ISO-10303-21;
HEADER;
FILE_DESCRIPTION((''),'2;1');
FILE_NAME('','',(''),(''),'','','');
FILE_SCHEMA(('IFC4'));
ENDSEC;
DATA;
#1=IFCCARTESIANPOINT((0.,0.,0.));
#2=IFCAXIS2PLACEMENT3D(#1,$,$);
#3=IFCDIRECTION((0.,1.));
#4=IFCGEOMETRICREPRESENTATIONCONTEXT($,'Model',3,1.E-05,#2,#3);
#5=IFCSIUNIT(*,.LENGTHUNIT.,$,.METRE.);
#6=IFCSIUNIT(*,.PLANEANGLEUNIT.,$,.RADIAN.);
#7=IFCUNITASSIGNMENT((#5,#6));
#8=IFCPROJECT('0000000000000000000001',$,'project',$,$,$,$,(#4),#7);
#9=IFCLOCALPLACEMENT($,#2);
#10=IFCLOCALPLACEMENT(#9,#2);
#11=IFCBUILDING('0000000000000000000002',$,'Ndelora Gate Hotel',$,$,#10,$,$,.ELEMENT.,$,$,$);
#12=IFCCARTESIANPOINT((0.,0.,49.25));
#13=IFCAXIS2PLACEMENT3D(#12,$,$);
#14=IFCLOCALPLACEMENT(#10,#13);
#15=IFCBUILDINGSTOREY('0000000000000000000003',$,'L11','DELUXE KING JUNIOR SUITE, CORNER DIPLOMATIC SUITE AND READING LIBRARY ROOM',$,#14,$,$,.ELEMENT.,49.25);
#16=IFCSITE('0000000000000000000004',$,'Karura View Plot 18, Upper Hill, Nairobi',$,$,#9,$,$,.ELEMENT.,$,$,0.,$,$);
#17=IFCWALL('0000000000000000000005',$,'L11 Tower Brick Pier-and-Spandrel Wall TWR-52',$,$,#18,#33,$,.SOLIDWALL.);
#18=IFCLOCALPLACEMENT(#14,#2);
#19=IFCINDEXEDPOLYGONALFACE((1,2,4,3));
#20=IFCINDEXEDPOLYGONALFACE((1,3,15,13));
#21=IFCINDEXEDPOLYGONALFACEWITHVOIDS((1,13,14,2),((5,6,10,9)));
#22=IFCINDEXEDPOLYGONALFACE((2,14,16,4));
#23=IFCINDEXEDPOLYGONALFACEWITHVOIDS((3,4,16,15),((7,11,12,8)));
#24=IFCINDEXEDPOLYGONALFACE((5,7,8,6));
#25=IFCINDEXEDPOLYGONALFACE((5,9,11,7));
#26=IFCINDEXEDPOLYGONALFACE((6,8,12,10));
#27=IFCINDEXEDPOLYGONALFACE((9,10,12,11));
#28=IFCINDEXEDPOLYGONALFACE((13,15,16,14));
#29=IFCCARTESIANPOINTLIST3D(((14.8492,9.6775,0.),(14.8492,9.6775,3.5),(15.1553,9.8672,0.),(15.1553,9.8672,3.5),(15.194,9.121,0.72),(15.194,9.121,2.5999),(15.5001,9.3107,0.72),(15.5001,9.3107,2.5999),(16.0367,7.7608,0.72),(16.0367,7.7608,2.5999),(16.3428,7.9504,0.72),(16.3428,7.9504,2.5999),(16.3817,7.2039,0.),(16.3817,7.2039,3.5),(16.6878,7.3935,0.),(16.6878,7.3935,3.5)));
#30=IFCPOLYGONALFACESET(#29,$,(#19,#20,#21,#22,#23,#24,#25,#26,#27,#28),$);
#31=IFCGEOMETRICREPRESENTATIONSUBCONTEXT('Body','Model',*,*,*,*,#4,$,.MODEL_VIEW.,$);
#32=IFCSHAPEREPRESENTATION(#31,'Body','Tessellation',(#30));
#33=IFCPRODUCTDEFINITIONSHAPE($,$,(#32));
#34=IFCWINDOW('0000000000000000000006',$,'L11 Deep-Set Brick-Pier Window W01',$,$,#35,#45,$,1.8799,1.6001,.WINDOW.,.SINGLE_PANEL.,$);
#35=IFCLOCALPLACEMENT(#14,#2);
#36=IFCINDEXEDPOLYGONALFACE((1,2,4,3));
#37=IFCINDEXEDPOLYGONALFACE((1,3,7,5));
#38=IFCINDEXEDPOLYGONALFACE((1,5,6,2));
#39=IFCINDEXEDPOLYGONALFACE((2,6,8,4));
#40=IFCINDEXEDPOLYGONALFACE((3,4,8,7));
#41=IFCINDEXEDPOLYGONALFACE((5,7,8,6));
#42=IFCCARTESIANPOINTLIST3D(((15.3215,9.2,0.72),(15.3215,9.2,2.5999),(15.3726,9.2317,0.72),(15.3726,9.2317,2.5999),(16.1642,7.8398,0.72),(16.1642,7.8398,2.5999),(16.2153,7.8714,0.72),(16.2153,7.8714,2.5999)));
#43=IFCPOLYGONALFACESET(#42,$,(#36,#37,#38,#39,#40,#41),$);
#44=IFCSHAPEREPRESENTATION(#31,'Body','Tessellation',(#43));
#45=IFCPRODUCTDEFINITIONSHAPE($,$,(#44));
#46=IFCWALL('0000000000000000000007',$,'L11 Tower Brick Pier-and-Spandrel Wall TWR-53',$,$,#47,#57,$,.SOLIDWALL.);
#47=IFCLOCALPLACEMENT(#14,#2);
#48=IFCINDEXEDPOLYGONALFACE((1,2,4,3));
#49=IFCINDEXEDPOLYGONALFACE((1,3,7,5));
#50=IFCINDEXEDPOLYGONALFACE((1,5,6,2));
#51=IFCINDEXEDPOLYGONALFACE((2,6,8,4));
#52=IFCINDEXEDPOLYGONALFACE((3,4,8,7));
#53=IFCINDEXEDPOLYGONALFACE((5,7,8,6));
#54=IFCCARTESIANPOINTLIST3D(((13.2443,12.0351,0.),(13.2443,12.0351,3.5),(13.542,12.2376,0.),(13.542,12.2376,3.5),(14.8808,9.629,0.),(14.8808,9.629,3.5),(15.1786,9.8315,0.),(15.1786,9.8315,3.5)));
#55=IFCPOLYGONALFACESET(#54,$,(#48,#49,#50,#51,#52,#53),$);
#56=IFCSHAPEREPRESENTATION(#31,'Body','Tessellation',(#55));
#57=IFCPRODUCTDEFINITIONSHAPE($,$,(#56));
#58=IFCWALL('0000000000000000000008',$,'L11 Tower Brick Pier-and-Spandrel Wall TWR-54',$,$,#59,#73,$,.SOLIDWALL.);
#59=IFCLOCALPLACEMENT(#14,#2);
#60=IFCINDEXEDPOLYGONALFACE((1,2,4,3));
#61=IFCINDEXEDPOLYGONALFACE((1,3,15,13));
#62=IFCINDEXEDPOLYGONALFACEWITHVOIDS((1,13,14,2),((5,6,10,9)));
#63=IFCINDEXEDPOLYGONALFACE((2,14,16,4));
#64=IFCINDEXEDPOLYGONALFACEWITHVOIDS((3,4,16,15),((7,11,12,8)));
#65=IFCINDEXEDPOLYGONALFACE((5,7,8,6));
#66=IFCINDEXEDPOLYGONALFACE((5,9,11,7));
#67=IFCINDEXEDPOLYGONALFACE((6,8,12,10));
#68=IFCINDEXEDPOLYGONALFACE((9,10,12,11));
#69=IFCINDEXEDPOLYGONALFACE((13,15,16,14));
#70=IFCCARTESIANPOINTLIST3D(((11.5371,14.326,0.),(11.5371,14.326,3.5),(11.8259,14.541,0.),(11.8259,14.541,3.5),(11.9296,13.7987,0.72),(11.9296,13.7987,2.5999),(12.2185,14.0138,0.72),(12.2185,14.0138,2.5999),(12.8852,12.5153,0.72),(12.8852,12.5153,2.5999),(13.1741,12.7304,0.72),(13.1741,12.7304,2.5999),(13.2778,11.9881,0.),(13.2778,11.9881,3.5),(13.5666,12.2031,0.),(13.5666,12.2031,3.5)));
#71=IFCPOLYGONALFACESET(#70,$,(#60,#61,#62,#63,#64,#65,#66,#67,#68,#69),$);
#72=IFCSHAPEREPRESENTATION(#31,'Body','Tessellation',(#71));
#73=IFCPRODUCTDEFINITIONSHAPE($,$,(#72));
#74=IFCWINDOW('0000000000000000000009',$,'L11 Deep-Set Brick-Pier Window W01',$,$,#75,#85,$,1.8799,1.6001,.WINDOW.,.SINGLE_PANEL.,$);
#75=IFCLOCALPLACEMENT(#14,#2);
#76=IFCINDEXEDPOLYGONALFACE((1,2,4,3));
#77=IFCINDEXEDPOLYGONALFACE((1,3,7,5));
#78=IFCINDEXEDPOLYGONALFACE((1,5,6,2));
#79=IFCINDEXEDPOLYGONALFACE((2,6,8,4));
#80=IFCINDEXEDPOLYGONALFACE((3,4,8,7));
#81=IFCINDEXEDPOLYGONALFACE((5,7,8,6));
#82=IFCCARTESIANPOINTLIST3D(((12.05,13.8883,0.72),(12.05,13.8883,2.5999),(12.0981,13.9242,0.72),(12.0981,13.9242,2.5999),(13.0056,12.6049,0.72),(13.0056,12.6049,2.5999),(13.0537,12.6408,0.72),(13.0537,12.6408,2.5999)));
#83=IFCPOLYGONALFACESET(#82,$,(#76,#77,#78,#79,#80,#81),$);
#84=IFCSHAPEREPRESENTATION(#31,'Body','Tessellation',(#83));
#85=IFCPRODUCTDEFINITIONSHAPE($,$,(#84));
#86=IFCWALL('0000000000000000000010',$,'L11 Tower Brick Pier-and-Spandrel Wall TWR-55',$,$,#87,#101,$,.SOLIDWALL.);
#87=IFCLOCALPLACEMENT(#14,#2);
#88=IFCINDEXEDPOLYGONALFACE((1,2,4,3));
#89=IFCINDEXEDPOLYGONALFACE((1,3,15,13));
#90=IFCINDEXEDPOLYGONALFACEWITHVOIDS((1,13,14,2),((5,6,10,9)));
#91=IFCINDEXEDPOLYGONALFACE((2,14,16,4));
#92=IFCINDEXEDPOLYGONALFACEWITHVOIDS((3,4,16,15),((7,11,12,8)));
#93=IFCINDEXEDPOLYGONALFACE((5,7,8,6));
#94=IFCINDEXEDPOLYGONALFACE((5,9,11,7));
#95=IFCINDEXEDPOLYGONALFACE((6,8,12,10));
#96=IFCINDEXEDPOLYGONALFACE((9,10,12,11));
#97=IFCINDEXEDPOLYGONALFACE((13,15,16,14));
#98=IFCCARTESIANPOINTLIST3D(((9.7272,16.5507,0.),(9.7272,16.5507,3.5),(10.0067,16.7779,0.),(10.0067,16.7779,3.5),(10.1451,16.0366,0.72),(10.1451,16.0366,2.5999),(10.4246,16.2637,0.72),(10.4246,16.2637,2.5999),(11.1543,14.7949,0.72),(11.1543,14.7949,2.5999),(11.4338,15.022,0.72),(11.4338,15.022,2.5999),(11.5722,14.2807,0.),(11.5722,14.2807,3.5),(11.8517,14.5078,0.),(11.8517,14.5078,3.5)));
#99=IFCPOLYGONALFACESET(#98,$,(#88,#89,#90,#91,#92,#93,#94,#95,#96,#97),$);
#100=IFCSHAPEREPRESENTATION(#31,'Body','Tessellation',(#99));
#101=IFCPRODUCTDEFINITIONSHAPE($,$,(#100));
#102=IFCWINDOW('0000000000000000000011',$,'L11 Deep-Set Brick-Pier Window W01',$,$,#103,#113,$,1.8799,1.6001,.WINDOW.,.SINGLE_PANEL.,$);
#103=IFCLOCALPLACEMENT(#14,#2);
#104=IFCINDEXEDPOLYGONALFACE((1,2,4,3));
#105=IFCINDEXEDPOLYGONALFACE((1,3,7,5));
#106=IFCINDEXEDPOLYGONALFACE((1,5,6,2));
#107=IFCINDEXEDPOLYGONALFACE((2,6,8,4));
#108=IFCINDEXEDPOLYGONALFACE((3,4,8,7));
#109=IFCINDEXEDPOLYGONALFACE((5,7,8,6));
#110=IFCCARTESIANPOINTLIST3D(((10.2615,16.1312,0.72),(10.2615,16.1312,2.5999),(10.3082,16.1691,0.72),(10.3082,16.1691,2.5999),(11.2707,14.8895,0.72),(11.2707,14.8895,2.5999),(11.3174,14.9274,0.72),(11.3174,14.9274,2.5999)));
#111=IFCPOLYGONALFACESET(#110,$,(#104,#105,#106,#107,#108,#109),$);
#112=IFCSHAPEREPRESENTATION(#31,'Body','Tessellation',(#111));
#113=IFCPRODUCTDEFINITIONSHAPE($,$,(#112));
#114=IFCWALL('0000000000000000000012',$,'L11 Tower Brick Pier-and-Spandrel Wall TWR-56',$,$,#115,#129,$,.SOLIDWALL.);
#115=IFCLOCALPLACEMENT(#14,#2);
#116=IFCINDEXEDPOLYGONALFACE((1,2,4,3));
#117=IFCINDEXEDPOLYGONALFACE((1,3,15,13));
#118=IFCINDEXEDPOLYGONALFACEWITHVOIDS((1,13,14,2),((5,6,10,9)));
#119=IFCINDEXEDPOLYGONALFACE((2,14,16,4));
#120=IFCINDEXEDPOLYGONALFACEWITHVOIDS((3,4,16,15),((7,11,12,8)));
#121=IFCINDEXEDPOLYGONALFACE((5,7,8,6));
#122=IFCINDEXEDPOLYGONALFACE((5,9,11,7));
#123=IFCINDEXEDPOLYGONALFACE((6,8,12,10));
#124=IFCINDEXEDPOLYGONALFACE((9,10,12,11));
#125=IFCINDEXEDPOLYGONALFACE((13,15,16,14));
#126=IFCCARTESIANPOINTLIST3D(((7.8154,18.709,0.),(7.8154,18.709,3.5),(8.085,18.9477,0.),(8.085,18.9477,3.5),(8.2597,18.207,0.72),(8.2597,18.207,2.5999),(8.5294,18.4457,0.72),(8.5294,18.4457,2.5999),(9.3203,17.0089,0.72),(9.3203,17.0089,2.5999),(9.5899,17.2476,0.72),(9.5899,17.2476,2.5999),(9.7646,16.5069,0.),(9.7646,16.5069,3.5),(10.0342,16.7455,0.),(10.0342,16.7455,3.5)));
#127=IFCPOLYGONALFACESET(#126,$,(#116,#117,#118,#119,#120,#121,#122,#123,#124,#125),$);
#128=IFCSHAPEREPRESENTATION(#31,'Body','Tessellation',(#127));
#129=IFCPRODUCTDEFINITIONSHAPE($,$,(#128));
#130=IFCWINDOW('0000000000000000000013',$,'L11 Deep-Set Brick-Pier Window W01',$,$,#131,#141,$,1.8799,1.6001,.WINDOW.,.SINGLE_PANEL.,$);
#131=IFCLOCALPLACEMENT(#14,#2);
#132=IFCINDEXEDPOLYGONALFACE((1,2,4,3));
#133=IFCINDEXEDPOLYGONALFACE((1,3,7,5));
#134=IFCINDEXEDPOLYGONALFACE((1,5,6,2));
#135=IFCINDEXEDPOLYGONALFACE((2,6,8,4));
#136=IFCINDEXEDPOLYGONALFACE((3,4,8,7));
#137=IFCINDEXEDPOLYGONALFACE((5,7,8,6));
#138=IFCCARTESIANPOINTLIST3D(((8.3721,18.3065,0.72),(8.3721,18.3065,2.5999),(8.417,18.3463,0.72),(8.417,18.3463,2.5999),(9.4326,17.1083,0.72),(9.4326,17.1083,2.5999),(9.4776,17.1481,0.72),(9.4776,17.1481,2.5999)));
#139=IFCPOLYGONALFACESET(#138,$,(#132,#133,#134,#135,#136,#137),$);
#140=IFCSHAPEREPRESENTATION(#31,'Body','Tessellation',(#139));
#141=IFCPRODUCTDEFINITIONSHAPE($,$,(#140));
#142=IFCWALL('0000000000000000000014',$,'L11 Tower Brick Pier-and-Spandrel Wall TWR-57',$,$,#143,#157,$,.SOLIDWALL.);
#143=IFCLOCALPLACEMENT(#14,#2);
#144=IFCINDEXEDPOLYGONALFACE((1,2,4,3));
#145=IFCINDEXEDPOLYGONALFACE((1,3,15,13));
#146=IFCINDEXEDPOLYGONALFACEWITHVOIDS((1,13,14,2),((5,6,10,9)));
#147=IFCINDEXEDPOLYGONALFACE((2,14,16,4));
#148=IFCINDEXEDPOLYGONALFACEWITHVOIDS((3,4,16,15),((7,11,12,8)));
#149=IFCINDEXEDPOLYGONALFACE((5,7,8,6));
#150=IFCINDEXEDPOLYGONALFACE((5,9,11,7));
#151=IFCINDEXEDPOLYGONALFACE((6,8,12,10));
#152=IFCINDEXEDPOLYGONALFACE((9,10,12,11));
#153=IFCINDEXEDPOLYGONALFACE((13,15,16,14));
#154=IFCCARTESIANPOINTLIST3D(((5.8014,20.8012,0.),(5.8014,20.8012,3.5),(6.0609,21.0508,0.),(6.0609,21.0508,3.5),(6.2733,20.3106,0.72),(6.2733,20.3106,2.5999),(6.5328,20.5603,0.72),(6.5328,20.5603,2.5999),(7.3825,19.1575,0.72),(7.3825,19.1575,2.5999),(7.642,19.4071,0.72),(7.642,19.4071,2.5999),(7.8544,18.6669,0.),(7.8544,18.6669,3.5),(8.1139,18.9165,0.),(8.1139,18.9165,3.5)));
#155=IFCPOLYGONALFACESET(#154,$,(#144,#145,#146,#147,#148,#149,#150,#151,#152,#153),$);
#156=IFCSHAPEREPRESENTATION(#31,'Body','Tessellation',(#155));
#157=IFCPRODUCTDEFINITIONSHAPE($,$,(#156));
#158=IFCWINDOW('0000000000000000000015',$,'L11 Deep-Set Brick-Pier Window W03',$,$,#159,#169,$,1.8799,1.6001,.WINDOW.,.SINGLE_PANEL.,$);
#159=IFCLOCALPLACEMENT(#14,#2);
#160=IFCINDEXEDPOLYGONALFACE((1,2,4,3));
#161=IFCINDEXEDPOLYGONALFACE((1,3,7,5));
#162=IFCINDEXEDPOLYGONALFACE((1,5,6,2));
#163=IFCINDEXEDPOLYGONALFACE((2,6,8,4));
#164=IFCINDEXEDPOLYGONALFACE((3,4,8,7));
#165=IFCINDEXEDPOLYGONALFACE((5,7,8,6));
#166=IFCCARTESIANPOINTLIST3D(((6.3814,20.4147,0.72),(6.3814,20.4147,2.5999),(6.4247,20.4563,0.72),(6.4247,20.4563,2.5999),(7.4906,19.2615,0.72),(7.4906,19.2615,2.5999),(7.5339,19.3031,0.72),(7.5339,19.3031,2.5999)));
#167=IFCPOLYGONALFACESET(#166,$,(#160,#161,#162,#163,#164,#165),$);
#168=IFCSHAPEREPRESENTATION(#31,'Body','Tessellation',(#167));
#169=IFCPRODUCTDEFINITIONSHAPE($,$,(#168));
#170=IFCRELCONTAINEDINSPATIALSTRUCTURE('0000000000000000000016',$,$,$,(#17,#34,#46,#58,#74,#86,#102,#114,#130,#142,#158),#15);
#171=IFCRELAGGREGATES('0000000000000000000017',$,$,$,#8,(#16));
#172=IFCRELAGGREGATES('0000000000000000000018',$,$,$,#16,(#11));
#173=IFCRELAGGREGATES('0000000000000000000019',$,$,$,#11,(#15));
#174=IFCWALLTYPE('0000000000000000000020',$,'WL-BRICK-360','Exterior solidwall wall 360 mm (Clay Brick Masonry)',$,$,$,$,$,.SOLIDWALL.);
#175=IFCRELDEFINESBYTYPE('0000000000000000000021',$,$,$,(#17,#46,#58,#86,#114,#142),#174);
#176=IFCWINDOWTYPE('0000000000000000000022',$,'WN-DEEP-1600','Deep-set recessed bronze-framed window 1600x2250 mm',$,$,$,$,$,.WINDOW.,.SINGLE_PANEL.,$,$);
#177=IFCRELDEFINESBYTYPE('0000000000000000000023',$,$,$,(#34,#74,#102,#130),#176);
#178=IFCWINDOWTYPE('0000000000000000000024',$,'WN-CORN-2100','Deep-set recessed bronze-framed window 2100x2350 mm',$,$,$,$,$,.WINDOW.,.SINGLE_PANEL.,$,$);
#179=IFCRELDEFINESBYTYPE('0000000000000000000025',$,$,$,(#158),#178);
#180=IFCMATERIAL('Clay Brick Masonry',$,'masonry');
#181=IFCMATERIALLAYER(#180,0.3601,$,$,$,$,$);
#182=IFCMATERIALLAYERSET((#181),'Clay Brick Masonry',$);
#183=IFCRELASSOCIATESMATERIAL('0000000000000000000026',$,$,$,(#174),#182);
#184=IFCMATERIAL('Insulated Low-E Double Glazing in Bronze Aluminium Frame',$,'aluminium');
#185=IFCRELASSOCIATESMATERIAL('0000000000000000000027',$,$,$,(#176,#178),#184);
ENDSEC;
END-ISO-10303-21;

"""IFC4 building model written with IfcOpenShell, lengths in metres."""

from ifc_helpers import new_model, si_unit, direction, frame, frame_2d, origin, place, context, subcontext, project, spatial, rectangle, extrude, material, layer, layer_set, type_object, element, fill, save


model = new_model("IFC4")

# Units and contexts
model_context = context("Model", 3, precision=1e-05, world=origin(), true_north=direction((0.0, 1.0)))
body_context = subcontext(model_context, "Body", "Model", "MODEL_VIEW")
ifc_project = project(units=[si_unit("LENGTHUNIT", "METRE"), si_unit("PLANEANGLEUNIT", "RADIAN")], contexts=[model_context])

# Site, building, storey
site_placement = place(None, origin())
site = spatial("IfcSite", under=ifc_project, at=site_placement, Name="Karura View Plot 18, Upper Hill, Nairobi", CompositionType="ELEMENT", RefElevation=0.0)
building_placement = place(site_placement, origin())
building = spatial("IfcBuilding", under=site, at=building_placement, Name="Ndelora Gate Hotel", CompositionType="ELEMENT")
storey_placement = place(building_placement, frame((0.0, 0.0, 49.25)))
storey = spatial("IfcBuildingStorey", under=building, at=storey_placement, Name="L11", Description="DELUXE KING JUNIOR SUITE, CORNER DIPLOMATIC SUITE AND READING LIBRARY ROOM", CompositionType="ELEMENT", Elevation=49.25)

# Shared definitions
ifc_material_1 = material(Name="Clay Brick Masonry", Category="masonry")
ifc_layer_1 = layer(ifc_material_1, 0.3601)
ifc_layer_set_1 = layer_set([ifc_layer_1], Name="Clay Brick Masonry")
wall_type_1 = type_object("IfcWallType", Name="WL-BRICK-360", Description="Exterior solidwall wall 360 mm (Clay Brick Masonry)", PredefinedType="SOLIDWALL", material=ifc_layer_set_1)

# Wall, opening, window
wall_1_placement = place(storey_placement, frame((15.0022, 9.7725, 0.0), z_axis=(0.0, 0.0, 1.0), x_axis=(0.526646, -0.850085, 0.0)))
wall_1 = element("IfcWall", 1, at=wall_1_placement, inside=storey, type_object=wall_type_1, Name="L11 Tower Brick Pier-and-Spandrel Wall TWR-52", PredefinedType="SOLIDWALL", context=body_context, shape_type="SweptSolid", body=[
    extrude(rectangle(XDim=2.9099, YDim=0.3601, at=frame_2d((1.4551, 0.0))), origin(), (0.0, 0.0, 1.0), 3.5),
])
opening_1_placement = place(wall_1_placement, frame((0.6548, 0.0, 0.72)))
opening_1 = element("IfcOpeningElement", 2, at=opening_1_placement, cuts=wall_1, PredefinedType="OPENING", context=body_context, shape_type="SweptSolid", body=[
    extrude(rectangle(XDim=1.6001, YDim=1.8799, at=frame_2d((0.8, 0.9399))), frame((0.0, 0.1899, 0.0), z_axis=(0.0, -1.0, 0.0), x_axis=(1.0, 0.0, 0.0)), (0.0, 0.0, 1.0), 0.3801),
])
ifc_material_2 = material(Name="Insulated Low-E Double Glazing in Bronze Aluminium Frame", Category="aluminium")
window_type_1 = type_object("IfcWindowType", Name="WN-DEEP-1600", Description="Deep-set recessed bronze-framed window 1600x2250 mm", PartitioningType="SINGLE_PANEL", PredefinedType="WINDOW", material=ifc_material_2)
window_1_placement = place(opening_1_placement, origin())
window_1 = element("IfcWindow", 3, at=window_1_placement, inside=storey, type_object=window_type_1, Name="L11 Deep-Set Brick-Pier Window W01", OverallHeight=1.8799, OverallWidth=1.6001, PartitioningType="SINGLE_PANEL", PredefinedType="WINDOW", context=body_context, shape_type="SweptSolid", body=[
    extrude(rectangle(XDim=1.6001, YDim=1.8799, at=frame_2d((0.8, 0.9399))), frame((0.0, 0.03, 0.0), z_axis=(0.0, -1.0, 0.0), x_axis=(1.0, 0.0, 0.0)), (0.0, 0.0, 1.0), 0.0601),
])
fill(opening_1, window_1)

# Wall
wall_2_placement = place(storey_placement, frame((13.3931, 12.1365, 0.0), z_axis=(0.0, 0.0, 1.0), x_axis=(0.562402, -0.826864, 0.0)))
element("IfcWall", 4, at=wall_2_placement, inside=storey, type_object=wall_type_1, Name="L11 Tower Brick Pier-and-Spandrel Wall TWR-53", PredefinedType="SOLIDWALL", context=body_context, shape_type="SweptSolid", body=[
    extrude(rectangle(XDim=2.9099, YDim=0.3601, at=frame_2d((1.4551, 0.0))), origin(), (0.0, 0.0, 1.0), 3.5),
])

# Walls, openings, windows
wall_3_placement = place(storey_placement, frame((11.6814, 14.4336, 0.0), z_axis=(0.0, 0.0, 1.0), x_axis=(0.597209, -0.802086, 0.0)))
wall_3 = element("IfcWall", 5, at=wall_3_placement, inside=storey, type_object=wall_type_1, Name="L11 Tower Brick Pier-and-Spandrel Wall TWR-54", PredefinedType="SOLIDWALL", context=body_context, shape_type="SweptSolid", body=[
    extrude(rectangle(XDim=2.9148, YDim=0.3601, at=frame_2d((1.4575, 0.0))), origin(), (0.0, 0.0, 1.0), 3.5),
])
opening_2_placement = place(wall_3_placement, frame((0.6575, 0.0, 0.72)))
opening_2 = element("IfcOpeningElement", 6, at=opening_2_placement, cuts=wall_3, PredefinedType="OPENING", context=body_context, shape_type="SweptSolid", body=[
    extrude(rectangle(XDim=1.6001, YDim=1.8799, at=frame_2d((0.8, 0.9399))), frame((0.0, 0.1899, 0.0), z_axis=(0.0, -1.0, 0.0), x_axis=(1.0, 0.0, 0.0)), (0.0, 0.0, 1.0), 0.3801),
])
window_2_placement = place(opening_2_placement, origin())
window_2 = element("IfcWindow", 7, at=window_2_placement, inside=storey, type_object=window_type_1, Name="L11 Deep-Set Brick-Pier Window W01", OverallHeight=1.8799, OverallWidth=1.6001, PartitioningType="SINGLE_PANEL", PredefinedType="WINDOW", context=body_context, shape_type="SweptSolid", body=[
    extrude(rectangle(XDim=1.6001, YDim=1.8799, at=frame_2d((0.8, 0.9399))), frame((0.0, 0.03, 0.0), z_axis=(0.0, -1.0, 0.0), x_axis=(1.0, 0.0, 0.0)), (0.0, 0.0, 1.0), 0.0601),
])
fill(opening_2, window_2)
wall_4_placement = place(storey_placement, frame((9.8669, 16.6643, 0.0), z_axis=(0.0, 0.0, 1.0), x_axis=(0.630712, -0.776017, 0.0)))
wall_4 = element("IfcWall", 8, at=wall_4_placement, inside=storey, type_object=wall_type_1, Name="L11 Tower Brick Pier-and-Spandrel Wall TWR-55", PredefinedType="SOLIDWALL", context=body_context, shape_type="SweptSolid", body=[
    extrude(rectangle(XDim=2.9253, YDim=0.3601, at=frame_2d((1.4626, 0.0))), origin(), (0.0, 0.0, 1.0), 3.5),
])
opening_3_placement = place(wall_4_placement, frame((0.6626, 0.0, 0.72)))
opening_3 = element("IfcOpeningElement", 9, at=opening_3_placement, cuts=wall_4, PredefinedType="OPENING", context=body_context, shape_type="SweptSolid", body=[
    extrude(rectangle(XDim=1.6001, YDim=1.8799, at=frame_2d((0.8, 0.9399))), frame((0.0, 0.1899, 0.0), z_axis=(0.0, -1.0, 0.0), x_axis=(1.0, 0.0, 0.0)), (0.0, 0.0, 1.0), 0.3801),
])
window_3_placement = place(opening_3_placement, origin())
window_3 = element("IfcWindow", 10, at=window_3_placement, inside=storey, type_object=window_type_1, Name="L11 Deep-Set Brick-Pier Window W01", OverallHeight=1.8799, OverallWidth=1.6001, PartitioningType="SINGLE_PANEL", PredefinedType="WINDOW", context=body_context, shape_type="SweptSolid", body=[
    extrude(rectangle(XDim=1.6001, YDim=1.8799, at=frame_2d((0.8, 0.9399))), frame((0.0, 0.03, 0.0), z_axis=(0.0, -1.0, 0.0), x_axis=(1.0, 0.0, 0.0)), (0.0, 0.0, 1.0), 0.0601),
])
fill(opening_3, window_3)
wall_5_placement = place(storey_placement, frame((7.9502, 18.8284, 0.0), z_axis=(0.0, 0.0, 1.0), x_axis=(0.662796, -0.7488, 0.0)))
wall_5 = element("IfcWall", 11, at=wall_5_placement, inside=storey, type_object=wall_type_1, Name="L11 Tower Brick Pier-and-Spandrel Wall TWR-56", PredefinedType="SOLIDWALL", context=body_context, shape_type="SweptSolid", body=[
    extrude(rectangle(XDim=2.9409, YDim=0.3601, at=frame_2d((1.4705, 0.0))), origin(), (0.0, 0.0, 1.0), 3.5),
])
opening_4_placement = place(wall_5_placement, frame((0.6704, 0.0, 0.72)))
opening_4 = element("IfcOpeningElement", 12, at=opening_4_placement, cuts=wall_5, PredefinedType="OPENING", context=body_context, shape_type="SweptSolid", body=[
    extrude(rectangle(XDim=1.6001, YDim=1.8799, at=frame_2d((0.8, 0.9399))), frame((0.0, 0.1899, 0.0), z_axis=(0.0, -1.0, 0.0), x_axis=(1.0, 0.0, 0.0)), (0.0, 0.0, 1.0), 0.3801),
])
window_4_placement = place(opening_4_placement, origin())
window_4 = element("IfcWindow", 13, at=window_4_placement, inside=storey, type_object=window_type_1, Name="L11 Deep-Set Brick-Pier Window W01", OverallHeight=1.8799, OverallWidth=1.6001, PartitioningType="SINGLE_PANEL", PredefinedType="WINDOW", context=body_context, shape_type="SweptSolid", body=[
    extrude(rectangle(XDim=1.6001, YDim=1.8799, at=frame_2d((0.8, 0.9399))), frame((0.0, 0.03, 0.0), z_axis=(0.0, -1.0, 0.0), x_axis=(1.0, 0.0, 0.0)), (0.0, 0.0, 1.0), 0.0601),
])
fill(opening_4, window_4)
wall_6_placement = place(storey_placement, frame((5.9312, 20.926, 0.0), z_axis=(0.0, 0.0, 1.0), x_axis=(0.693247, -0.7207, 0.0)))
wall_6 = element("IfcWall", 14, at=wall_6_placement, inside=storey, type_object=wall_type_1, Name="L11 Tower Brick Pier-and-Spandrel Wall TWR-57", PredefinedType="SOLIDWALL", context=body_context, shape_type="SweptSolid", body=[
    extrude(rectangle(XDim=2.9614, YDim=0.3601, at=frame_2d((1.4807, 0.0))), origin(), (0.0, 0.0, 1.0), 3.5),
])
opening_5_placement = place(wall_6_placement, frame((0.6807, 0.0, 0.72)))
opening_5 = element("IfcOpeningElement", 15, at=opening_5_placement, cuts=wall_6, PredefinedType="OPENING", context=body_context, shape_type="SweptSolid", body=[
    extrude(rectangle(XDim=1.6001, YDim=1.8799, at=frame_2d((0.8, 0.9399))), frame((0.0, 0.1899, 0.0), z_axis=(0.0, -1.0, 0.0), x_axis=(1.0, 0.0, 0.0)), (0.0, 0.0, 1.0), 0.3801),
])
window_type_2 = type_object("IfcWindowType", Name="WN-CORN-2100", Description="Deep-set recessed bronze-framed window 2100x2350 mm", PartitioningType="SINGLE_PANEL", PredefinedType="WINDOW", material=ifc_material_2)
window_5_placement = place(opening_5_placement, origin())
window_5 = element("IfcWindow", 16, at=window_5_placement, inside=storey, type_object=window_type_2, Name="L11 Deep-Set Brick-Pier Window W03", OverallHeight=1.8799, OverallWidth=1.6001, PartitioningType="SINGLE_PANEL", PredefinedType="WINDOW", context=body_context, shape_type="SweptSolid", body=[
    extrude(rectangle(XDim=1.6001, YDim=1.8799, at=frame_2d((0.8, 0.9399))), frame((0.0, 0.03, 0.0), z_axis=(0.0, -1.0, 0.0), x_axis=(1.0, 0.0, 0.0)), (0.0, 0.0, 1.0), 0.0601),
])
fill(opening_5, window_5)

save(model, "model.ifc")
